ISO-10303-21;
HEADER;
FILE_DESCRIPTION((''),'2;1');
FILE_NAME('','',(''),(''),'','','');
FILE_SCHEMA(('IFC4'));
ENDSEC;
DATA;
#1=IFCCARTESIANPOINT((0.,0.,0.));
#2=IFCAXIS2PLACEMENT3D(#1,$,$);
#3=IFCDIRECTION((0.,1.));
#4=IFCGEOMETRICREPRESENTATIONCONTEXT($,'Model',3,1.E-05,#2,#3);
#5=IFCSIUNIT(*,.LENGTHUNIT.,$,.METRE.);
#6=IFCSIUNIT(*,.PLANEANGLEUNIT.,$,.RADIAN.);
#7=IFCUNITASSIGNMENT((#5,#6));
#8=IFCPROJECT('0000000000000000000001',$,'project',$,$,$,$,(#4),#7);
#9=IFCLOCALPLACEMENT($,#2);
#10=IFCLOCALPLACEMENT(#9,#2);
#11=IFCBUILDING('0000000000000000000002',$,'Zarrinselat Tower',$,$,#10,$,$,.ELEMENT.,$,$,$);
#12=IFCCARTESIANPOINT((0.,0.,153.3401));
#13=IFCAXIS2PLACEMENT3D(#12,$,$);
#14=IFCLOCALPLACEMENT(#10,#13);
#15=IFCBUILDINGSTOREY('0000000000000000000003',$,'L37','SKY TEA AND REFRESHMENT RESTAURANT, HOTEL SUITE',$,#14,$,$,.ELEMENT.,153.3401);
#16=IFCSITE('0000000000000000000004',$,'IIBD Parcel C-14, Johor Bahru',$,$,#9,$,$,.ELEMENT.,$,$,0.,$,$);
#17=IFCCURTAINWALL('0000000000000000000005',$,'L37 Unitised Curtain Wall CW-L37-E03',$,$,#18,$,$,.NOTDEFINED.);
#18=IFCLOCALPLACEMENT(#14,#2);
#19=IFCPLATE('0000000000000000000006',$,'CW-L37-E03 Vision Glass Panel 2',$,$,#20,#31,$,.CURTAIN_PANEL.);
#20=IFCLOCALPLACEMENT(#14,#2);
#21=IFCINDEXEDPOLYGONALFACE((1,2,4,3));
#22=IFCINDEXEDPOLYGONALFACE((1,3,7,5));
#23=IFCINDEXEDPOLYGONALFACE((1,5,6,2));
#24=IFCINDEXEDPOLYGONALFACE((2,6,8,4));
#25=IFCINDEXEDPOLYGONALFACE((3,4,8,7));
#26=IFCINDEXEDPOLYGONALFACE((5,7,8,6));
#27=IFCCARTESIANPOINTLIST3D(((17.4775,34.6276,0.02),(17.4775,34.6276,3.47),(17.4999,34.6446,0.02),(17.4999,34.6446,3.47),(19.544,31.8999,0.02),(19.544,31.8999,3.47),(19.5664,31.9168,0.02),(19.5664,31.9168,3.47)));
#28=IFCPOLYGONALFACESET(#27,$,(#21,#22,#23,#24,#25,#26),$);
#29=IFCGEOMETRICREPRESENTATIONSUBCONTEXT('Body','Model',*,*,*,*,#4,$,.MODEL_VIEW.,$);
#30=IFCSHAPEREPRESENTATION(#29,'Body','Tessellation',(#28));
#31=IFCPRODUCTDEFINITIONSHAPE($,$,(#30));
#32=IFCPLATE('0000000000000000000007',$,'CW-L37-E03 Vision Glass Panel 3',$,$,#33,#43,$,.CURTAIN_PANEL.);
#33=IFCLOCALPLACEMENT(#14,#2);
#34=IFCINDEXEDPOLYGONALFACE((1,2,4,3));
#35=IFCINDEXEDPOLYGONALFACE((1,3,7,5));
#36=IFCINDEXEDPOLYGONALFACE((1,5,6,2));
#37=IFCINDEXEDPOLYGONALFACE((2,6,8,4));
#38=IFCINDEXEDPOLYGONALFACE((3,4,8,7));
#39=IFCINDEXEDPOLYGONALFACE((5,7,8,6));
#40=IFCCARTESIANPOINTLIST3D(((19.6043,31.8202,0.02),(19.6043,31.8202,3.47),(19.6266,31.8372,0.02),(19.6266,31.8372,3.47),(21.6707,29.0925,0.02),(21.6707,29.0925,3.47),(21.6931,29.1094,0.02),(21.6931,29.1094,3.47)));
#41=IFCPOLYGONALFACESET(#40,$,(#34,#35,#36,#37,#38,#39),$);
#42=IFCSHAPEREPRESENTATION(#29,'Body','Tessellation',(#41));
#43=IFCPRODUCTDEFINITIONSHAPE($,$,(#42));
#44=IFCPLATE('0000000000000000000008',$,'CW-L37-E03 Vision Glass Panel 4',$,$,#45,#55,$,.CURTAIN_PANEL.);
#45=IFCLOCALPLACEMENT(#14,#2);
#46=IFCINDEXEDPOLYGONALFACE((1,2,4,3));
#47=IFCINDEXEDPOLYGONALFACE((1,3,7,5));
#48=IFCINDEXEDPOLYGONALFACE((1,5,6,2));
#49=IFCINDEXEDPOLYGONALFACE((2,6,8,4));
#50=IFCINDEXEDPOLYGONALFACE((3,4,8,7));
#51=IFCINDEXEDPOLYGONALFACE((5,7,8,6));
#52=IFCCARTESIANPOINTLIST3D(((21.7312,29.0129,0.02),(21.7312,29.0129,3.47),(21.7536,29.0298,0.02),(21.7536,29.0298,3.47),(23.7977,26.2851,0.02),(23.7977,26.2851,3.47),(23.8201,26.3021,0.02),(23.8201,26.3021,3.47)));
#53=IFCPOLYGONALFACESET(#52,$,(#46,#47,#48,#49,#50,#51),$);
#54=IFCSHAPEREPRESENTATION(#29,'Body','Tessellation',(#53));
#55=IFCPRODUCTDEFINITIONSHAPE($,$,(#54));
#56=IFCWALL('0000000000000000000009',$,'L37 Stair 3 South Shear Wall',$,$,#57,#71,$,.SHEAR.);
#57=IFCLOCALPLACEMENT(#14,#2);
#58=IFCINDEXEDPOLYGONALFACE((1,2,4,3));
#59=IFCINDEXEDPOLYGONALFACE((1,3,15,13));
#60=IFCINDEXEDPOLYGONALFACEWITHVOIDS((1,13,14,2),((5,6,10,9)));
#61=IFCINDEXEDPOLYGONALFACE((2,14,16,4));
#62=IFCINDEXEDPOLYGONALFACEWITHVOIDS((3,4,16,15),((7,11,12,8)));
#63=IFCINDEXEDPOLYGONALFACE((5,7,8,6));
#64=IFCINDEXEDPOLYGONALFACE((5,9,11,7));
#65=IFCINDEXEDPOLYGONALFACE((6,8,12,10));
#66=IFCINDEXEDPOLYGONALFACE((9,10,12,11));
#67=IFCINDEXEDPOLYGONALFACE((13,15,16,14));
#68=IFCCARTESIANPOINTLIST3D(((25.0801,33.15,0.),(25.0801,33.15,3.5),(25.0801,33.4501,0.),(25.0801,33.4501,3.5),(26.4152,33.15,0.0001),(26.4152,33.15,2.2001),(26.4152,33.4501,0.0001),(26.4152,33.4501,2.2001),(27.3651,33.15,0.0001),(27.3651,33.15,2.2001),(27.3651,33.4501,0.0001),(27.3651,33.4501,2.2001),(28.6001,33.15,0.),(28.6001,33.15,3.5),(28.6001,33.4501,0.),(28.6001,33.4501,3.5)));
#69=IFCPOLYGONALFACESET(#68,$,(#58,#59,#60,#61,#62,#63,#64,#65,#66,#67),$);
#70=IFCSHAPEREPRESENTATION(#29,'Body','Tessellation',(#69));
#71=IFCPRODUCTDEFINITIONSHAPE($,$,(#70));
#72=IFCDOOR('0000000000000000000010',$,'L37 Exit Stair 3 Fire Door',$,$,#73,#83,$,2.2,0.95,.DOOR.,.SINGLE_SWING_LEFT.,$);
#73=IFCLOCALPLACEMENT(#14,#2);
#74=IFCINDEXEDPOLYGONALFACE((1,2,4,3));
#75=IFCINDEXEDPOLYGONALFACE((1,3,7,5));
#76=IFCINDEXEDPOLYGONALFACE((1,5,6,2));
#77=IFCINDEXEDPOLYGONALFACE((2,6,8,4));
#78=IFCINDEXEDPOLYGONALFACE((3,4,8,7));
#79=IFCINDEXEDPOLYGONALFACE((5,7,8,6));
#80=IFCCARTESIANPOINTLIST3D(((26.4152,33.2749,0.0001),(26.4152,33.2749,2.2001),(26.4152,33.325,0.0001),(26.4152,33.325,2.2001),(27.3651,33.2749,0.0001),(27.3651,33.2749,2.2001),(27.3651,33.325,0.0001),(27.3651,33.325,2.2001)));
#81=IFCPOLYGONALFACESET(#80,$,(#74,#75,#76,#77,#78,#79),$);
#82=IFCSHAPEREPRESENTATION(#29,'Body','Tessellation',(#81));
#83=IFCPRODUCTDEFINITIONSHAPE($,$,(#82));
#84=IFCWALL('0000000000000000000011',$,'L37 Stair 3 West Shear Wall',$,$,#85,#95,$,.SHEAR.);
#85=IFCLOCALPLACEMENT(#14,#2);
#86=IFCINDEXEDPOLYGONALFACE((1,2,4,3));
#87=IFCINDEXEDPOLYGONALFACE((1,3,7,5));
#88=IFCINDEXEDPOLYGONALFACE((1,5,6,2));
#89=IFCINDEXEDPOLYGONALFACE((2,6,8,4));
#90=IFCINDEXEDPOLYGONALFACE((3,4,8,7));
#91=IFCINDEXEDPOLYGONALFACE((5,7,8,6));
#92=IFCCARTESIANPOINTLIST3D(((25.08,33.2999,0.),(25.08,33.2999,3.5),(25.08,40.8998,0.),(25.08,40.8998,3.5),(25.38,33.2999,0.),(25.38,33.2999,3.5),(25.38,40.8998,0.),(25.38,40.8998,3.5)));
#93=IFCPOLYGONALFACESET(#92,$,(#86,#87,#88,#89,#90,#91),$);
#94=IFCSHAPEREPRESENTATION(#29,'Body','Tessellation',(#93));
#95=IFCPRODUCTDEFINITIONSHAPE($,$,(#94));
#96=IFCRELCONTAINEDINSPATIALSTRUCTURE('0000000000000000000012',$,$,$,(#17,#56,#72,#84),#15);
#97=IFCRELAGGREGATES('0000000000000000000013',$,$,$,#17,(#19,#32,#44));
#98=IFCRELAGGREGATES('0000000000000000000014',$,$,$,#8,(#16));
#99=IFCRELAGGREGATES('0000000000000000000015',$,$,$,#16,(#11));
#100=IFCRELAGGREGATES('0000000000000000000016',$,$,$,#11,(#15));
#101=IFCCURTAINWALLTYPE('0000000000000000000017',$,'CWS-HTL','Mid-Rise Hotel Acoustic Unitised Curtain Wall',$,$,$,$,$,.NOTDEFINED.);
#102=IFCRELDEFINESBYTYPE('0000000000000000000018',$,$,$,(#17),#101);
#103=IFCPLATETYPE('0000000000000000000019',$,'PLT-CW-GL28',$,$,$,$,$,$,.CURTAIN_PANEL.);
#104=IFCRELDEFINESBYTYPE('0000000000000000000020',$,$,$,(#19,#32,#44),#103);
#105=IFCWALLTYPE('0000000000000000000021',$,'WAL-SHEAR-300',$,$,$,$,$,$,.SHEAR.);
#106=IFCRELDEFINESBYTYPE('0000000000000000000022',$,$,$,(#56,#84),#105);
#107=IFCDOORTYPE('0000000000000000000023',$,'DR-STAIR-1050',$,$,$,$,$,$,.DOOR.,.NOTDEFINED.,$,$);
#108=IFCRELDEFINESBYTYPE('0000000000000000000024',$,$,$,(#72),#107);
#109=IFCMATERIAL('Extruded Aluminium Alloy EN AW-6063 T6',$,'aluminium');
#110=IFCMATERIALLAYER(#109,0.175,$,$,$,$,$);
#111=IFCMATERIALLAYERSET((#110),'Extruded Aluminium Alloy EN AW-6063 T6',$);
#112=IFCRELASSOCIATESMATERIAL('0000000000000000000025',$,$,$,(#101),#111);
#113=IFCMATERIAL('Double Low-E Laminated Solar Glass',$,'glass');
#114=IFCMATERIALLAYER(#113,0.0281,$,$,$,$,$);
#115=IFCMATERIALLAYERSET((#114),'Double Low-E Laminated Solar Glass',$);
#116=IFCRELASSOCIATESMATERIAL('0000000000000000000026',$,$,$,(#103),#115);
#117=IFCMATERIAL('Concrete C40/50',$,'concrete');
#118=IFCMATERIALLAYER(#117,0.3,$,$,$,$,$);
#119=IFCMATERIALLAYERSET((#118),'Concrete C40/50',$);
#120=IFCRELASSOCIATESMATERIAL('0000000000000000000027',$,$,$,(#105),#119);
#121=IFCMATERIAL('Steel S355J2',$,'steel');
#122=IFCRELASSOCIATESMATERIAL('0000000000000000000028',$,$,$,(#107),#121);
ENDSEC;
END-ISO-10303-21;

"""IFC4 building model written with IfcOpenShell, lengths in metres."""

from ifc_helpers import new_model, si_unit, direction, frame, frame_2d, origin, origin_2d, place, context, subcontext, project, spatial, rectangle, extrude, material, layer, layer_set, type_object, element, fill, aggregate, save


model = new_model("IFC4")

# Units and contexts
model_context = context("Model", 3, precision=1e-05, world=origin(), true_north=direction((0.0, 1.0)))
body_context = subcontext(model_context, "Body", "Model", "MODEL_VIEW")
ifc_project = project(units=[si_unit("LENGTHUNIT", "METRE"), si_unit("PLANEANGLEUNIT", "RADIAN")], contexts=[model_context])

# Site, building, storey
site_placement = place(None, origin())
site = spatial("IfcSite", under=ifc_project, at=site_placement, Name="IIBD Parcel C-14, Johor Bahru", CompositionType="ELEMENT", RefElevation=0.0)
building_placement = place(site_placement, origin())
building = spatial("IfcBuilding", under=site, at=building_placement, Name="Zarrinselat Tower", CompositionType="ELEMENT")
storey_placement = place(building_placement, frame((0.0, 0.0, 153.3401)))
storey = spatial("IfcBuildingStorey", under=building, at=storey_placement, Name="L37", Description="SKY TEA AND REFRESHMENT RESTAURANT, HOTEL SUITE", CompositionType="ELEMENT", Elevation=153.3401)

# Curtain wall, plates
ifc_material_1 = material(Name="Extruded Aluminium Alloy EN AW-6063 T6", Category="aluminium")
ifc_layer_1 = layer(ifc_material_1, 0.175)
ifc_layer_set_1 = layer_set([ifc_layer_1], Name="Extruded Aluminium Alloy EN AW-6063 T6")
curtain_wall_type = type_object("IfcCurtainWallType", Name="CWS-HTL", Description="Mid-Rise Hotel Acoustic Unitised Curtain Wall", PredefinedType="NOTDEFINED", material=ifc_layer_set_1)
curtain_wall_placement = place(storey_placement, origin())
curtain_wall = element("IfcCurtainWall", 1, at=curtain_wall_placement, inside=storey, type_object=curtain_wall_type, Name="L37 Unitised Curtain Wall CW-L37-E03", PredefinedType="NOTDEFINED")
ifc_material_2 = material(Name="Double Low-E Laminated Solar Glass", Category="glass")
ifc_layer_2 = layer(ifc_material_2, 0.0281)
ifc_layer_set_2 = layer_set([ifc_layer_2], Name="Double Low-E Laminated Solar Glass")
plate_type = type_object("IfcPlateType", Name="PLT-CW-GL28", PredefinedType="CURTAIN_PANEL", material=ifc_layer_set_2)
plate_1_placement = place(storey_placement, frame((18.522, 33.2722, 0.02), z_axis=(0.0, 0.0, 1.0), x_axis=(0.603857, -0.797093, 0.0)))
plate_1 = element("IfcPlate", 2, at=plate_1_placement, type_object=plate_type, Name="CW-L37-E03 Vision Glass Panel 2", PredefinedType="CURTAIN_PANEL", context=body_context, shape_type="SweptSolid", body=[
    extrude(rectangle(XDim=3.4221, YDim=0.0281, at=origin_2d()), origin(), (0.0, 0.0, 1.0), 3.45),
])
plate_2_placement = place(storey_placement, frame((20.6487, 30.4648, 0.02), z_axis=(0.0, 0.0, 1.0), x_axis=(0.603857, -0.797093, 0.0)))
plate_2 = element("IfcPlate", 3, at=plate_2_placement, type_object=plate_type, Name="CW-L37-E03 Vision Glass Panel 3", PredefinedType="CURTAIN_PANEL", context=body_context, shape_type="SweptSolid", body=[
    extrude(rectangle(XDim=3.4221, YDim=0.0281, at=origin_2d()), origin(), (0.0, 0.0, 1.0), 3.45),
])
plate_3_placement = place(storey_placement, frame((22.7756, 27.6575, 0.02), z_axis=(0.0, 0.0, 1.0), x_axis=(0.603857, -0.797093, 0.0)))
plate_3 = element("IfcPlate", 4, at=plate_3_placement, type_object=plate_type, Name="CW-L37-E03 Vision Glass Panel 4", PredefinedType="CURTAIN_PANEL", context=body_context, shape_type="SweptSolid", body=[
    extrude(rectangle(XDim=3.4221, YDim=0.0281, at=origin_2d()), origin(), (0.0, 0.0, 1.0), 3.45),
])
aggregate(curtain_wall, [plate_1, plate_2, plate_3])

# Wall, opening, door
ifc_material_3 = material(Name="Concrete C40/50", Category="concrete")
ifc_layer_3 = layer(ifc_material_3, 0.3)
ifc_layer_set_3 = layer_set([ifc_layer_3], Name="Concrete C40/50")
wall_type = type_object("IfcWallType", Name="WAL-SHEAR-300", PredefinedType="SHEAR", material=ifc_layer_set_3)
wall_1_placement = place(storey_placement, frame((25.0801, 33.3, 0.0), z_axis=(0.0, 0.0, 1.0), x_axis=(1.0, 0.0, 0.0)))
wall_1 = element("IfcWall", 5, at=wall_1_placement, inside=storey, type_object=wall_type, Name="L37 Stair 3 South Shear Wall", PredefinedType="SHEAR", context=body_context, shape_type="SweptSolid", body=[
    extrude(rectangle(XDim=3.52, YDim=0.3, at=frame_2d((1.76, 0.0))), origin(), (0.0, 0.0, 1.0), 3.5),
])
opening_placement = place(wall_1_placement, frame((1.335, 0.0, 0.0)))
opening = element("IfcOpeningElement", 6, at=opening_placement, cuts=wall_1, PredefinedType="OPENING", context=body_context, shape_type="SweptSolid", body=[
    extrude(rectangle(XDim=0.95, YDim=2.2, at=frame_2d((0.4751, 1.1001))), frame((0.0, 0.1599, 0.0), z_axis=(0.0, -1.0, 0.0), x_axis=(1.0, 0.0, 0.0)), (0.0, 0.0, 1.0), 0.3201),
])
ifc_material_4 = material(Name="Steel S355J2", Category="steel")
door_type = type_object("IfcDoorType", Name="DR-STAIR-1050", OperationType="NOTDEFINED", PredefinedType="DOOR", material=ifc_material_4)
door_placement = place(opening_placement, origin())
door = element("IfcDoor", 7, at=door_placement, inside=storey, type_object=door_type, Name="L37 Exit Stair 3 Fire Door", OperationType="SINGLE_SWING_LEFT", OverallHeight=2.2, OverallWidth=0.95, PredefinedType="DOOR", context=body_context, shape_type="SweptSolid", body=[
    extrude(rectangle(XDim=0.95, YDim=2.2, at=frame_2d((0.4751, 1.1001))), frame((0.0, 0.0249, 0.0), z_axis=(0.0, -1.0, 0.0), x_axis=(1.0, 0.0, 0.0)), (0.0, 0.0, 1.0), 0.05),
])
fill(opening, door)

# Wall
wall_2_placement = place(storey_placement, frame((25.23, 33.3, 0.0), z_axis=(0.0, 0.0, 1.0), x_axis=(0.0, 1.0, 0.0)))
element("IfcWall", 8, at=wall_2_placement, inside=storey, type_object=wall_type, Name="L37 Stair 3 West Shear Wall", PredefinedType="SHEAR", context=body_context, shape_type="SweptSolid", body=[
    extrude(rectangle(XDim=7.5999, YDim=0.3, at=frame_2d((3.7998, 0.0))), origin(), (0.0, 0.0, 1.0), 3.5),
])

save(model, "model.ifc")
